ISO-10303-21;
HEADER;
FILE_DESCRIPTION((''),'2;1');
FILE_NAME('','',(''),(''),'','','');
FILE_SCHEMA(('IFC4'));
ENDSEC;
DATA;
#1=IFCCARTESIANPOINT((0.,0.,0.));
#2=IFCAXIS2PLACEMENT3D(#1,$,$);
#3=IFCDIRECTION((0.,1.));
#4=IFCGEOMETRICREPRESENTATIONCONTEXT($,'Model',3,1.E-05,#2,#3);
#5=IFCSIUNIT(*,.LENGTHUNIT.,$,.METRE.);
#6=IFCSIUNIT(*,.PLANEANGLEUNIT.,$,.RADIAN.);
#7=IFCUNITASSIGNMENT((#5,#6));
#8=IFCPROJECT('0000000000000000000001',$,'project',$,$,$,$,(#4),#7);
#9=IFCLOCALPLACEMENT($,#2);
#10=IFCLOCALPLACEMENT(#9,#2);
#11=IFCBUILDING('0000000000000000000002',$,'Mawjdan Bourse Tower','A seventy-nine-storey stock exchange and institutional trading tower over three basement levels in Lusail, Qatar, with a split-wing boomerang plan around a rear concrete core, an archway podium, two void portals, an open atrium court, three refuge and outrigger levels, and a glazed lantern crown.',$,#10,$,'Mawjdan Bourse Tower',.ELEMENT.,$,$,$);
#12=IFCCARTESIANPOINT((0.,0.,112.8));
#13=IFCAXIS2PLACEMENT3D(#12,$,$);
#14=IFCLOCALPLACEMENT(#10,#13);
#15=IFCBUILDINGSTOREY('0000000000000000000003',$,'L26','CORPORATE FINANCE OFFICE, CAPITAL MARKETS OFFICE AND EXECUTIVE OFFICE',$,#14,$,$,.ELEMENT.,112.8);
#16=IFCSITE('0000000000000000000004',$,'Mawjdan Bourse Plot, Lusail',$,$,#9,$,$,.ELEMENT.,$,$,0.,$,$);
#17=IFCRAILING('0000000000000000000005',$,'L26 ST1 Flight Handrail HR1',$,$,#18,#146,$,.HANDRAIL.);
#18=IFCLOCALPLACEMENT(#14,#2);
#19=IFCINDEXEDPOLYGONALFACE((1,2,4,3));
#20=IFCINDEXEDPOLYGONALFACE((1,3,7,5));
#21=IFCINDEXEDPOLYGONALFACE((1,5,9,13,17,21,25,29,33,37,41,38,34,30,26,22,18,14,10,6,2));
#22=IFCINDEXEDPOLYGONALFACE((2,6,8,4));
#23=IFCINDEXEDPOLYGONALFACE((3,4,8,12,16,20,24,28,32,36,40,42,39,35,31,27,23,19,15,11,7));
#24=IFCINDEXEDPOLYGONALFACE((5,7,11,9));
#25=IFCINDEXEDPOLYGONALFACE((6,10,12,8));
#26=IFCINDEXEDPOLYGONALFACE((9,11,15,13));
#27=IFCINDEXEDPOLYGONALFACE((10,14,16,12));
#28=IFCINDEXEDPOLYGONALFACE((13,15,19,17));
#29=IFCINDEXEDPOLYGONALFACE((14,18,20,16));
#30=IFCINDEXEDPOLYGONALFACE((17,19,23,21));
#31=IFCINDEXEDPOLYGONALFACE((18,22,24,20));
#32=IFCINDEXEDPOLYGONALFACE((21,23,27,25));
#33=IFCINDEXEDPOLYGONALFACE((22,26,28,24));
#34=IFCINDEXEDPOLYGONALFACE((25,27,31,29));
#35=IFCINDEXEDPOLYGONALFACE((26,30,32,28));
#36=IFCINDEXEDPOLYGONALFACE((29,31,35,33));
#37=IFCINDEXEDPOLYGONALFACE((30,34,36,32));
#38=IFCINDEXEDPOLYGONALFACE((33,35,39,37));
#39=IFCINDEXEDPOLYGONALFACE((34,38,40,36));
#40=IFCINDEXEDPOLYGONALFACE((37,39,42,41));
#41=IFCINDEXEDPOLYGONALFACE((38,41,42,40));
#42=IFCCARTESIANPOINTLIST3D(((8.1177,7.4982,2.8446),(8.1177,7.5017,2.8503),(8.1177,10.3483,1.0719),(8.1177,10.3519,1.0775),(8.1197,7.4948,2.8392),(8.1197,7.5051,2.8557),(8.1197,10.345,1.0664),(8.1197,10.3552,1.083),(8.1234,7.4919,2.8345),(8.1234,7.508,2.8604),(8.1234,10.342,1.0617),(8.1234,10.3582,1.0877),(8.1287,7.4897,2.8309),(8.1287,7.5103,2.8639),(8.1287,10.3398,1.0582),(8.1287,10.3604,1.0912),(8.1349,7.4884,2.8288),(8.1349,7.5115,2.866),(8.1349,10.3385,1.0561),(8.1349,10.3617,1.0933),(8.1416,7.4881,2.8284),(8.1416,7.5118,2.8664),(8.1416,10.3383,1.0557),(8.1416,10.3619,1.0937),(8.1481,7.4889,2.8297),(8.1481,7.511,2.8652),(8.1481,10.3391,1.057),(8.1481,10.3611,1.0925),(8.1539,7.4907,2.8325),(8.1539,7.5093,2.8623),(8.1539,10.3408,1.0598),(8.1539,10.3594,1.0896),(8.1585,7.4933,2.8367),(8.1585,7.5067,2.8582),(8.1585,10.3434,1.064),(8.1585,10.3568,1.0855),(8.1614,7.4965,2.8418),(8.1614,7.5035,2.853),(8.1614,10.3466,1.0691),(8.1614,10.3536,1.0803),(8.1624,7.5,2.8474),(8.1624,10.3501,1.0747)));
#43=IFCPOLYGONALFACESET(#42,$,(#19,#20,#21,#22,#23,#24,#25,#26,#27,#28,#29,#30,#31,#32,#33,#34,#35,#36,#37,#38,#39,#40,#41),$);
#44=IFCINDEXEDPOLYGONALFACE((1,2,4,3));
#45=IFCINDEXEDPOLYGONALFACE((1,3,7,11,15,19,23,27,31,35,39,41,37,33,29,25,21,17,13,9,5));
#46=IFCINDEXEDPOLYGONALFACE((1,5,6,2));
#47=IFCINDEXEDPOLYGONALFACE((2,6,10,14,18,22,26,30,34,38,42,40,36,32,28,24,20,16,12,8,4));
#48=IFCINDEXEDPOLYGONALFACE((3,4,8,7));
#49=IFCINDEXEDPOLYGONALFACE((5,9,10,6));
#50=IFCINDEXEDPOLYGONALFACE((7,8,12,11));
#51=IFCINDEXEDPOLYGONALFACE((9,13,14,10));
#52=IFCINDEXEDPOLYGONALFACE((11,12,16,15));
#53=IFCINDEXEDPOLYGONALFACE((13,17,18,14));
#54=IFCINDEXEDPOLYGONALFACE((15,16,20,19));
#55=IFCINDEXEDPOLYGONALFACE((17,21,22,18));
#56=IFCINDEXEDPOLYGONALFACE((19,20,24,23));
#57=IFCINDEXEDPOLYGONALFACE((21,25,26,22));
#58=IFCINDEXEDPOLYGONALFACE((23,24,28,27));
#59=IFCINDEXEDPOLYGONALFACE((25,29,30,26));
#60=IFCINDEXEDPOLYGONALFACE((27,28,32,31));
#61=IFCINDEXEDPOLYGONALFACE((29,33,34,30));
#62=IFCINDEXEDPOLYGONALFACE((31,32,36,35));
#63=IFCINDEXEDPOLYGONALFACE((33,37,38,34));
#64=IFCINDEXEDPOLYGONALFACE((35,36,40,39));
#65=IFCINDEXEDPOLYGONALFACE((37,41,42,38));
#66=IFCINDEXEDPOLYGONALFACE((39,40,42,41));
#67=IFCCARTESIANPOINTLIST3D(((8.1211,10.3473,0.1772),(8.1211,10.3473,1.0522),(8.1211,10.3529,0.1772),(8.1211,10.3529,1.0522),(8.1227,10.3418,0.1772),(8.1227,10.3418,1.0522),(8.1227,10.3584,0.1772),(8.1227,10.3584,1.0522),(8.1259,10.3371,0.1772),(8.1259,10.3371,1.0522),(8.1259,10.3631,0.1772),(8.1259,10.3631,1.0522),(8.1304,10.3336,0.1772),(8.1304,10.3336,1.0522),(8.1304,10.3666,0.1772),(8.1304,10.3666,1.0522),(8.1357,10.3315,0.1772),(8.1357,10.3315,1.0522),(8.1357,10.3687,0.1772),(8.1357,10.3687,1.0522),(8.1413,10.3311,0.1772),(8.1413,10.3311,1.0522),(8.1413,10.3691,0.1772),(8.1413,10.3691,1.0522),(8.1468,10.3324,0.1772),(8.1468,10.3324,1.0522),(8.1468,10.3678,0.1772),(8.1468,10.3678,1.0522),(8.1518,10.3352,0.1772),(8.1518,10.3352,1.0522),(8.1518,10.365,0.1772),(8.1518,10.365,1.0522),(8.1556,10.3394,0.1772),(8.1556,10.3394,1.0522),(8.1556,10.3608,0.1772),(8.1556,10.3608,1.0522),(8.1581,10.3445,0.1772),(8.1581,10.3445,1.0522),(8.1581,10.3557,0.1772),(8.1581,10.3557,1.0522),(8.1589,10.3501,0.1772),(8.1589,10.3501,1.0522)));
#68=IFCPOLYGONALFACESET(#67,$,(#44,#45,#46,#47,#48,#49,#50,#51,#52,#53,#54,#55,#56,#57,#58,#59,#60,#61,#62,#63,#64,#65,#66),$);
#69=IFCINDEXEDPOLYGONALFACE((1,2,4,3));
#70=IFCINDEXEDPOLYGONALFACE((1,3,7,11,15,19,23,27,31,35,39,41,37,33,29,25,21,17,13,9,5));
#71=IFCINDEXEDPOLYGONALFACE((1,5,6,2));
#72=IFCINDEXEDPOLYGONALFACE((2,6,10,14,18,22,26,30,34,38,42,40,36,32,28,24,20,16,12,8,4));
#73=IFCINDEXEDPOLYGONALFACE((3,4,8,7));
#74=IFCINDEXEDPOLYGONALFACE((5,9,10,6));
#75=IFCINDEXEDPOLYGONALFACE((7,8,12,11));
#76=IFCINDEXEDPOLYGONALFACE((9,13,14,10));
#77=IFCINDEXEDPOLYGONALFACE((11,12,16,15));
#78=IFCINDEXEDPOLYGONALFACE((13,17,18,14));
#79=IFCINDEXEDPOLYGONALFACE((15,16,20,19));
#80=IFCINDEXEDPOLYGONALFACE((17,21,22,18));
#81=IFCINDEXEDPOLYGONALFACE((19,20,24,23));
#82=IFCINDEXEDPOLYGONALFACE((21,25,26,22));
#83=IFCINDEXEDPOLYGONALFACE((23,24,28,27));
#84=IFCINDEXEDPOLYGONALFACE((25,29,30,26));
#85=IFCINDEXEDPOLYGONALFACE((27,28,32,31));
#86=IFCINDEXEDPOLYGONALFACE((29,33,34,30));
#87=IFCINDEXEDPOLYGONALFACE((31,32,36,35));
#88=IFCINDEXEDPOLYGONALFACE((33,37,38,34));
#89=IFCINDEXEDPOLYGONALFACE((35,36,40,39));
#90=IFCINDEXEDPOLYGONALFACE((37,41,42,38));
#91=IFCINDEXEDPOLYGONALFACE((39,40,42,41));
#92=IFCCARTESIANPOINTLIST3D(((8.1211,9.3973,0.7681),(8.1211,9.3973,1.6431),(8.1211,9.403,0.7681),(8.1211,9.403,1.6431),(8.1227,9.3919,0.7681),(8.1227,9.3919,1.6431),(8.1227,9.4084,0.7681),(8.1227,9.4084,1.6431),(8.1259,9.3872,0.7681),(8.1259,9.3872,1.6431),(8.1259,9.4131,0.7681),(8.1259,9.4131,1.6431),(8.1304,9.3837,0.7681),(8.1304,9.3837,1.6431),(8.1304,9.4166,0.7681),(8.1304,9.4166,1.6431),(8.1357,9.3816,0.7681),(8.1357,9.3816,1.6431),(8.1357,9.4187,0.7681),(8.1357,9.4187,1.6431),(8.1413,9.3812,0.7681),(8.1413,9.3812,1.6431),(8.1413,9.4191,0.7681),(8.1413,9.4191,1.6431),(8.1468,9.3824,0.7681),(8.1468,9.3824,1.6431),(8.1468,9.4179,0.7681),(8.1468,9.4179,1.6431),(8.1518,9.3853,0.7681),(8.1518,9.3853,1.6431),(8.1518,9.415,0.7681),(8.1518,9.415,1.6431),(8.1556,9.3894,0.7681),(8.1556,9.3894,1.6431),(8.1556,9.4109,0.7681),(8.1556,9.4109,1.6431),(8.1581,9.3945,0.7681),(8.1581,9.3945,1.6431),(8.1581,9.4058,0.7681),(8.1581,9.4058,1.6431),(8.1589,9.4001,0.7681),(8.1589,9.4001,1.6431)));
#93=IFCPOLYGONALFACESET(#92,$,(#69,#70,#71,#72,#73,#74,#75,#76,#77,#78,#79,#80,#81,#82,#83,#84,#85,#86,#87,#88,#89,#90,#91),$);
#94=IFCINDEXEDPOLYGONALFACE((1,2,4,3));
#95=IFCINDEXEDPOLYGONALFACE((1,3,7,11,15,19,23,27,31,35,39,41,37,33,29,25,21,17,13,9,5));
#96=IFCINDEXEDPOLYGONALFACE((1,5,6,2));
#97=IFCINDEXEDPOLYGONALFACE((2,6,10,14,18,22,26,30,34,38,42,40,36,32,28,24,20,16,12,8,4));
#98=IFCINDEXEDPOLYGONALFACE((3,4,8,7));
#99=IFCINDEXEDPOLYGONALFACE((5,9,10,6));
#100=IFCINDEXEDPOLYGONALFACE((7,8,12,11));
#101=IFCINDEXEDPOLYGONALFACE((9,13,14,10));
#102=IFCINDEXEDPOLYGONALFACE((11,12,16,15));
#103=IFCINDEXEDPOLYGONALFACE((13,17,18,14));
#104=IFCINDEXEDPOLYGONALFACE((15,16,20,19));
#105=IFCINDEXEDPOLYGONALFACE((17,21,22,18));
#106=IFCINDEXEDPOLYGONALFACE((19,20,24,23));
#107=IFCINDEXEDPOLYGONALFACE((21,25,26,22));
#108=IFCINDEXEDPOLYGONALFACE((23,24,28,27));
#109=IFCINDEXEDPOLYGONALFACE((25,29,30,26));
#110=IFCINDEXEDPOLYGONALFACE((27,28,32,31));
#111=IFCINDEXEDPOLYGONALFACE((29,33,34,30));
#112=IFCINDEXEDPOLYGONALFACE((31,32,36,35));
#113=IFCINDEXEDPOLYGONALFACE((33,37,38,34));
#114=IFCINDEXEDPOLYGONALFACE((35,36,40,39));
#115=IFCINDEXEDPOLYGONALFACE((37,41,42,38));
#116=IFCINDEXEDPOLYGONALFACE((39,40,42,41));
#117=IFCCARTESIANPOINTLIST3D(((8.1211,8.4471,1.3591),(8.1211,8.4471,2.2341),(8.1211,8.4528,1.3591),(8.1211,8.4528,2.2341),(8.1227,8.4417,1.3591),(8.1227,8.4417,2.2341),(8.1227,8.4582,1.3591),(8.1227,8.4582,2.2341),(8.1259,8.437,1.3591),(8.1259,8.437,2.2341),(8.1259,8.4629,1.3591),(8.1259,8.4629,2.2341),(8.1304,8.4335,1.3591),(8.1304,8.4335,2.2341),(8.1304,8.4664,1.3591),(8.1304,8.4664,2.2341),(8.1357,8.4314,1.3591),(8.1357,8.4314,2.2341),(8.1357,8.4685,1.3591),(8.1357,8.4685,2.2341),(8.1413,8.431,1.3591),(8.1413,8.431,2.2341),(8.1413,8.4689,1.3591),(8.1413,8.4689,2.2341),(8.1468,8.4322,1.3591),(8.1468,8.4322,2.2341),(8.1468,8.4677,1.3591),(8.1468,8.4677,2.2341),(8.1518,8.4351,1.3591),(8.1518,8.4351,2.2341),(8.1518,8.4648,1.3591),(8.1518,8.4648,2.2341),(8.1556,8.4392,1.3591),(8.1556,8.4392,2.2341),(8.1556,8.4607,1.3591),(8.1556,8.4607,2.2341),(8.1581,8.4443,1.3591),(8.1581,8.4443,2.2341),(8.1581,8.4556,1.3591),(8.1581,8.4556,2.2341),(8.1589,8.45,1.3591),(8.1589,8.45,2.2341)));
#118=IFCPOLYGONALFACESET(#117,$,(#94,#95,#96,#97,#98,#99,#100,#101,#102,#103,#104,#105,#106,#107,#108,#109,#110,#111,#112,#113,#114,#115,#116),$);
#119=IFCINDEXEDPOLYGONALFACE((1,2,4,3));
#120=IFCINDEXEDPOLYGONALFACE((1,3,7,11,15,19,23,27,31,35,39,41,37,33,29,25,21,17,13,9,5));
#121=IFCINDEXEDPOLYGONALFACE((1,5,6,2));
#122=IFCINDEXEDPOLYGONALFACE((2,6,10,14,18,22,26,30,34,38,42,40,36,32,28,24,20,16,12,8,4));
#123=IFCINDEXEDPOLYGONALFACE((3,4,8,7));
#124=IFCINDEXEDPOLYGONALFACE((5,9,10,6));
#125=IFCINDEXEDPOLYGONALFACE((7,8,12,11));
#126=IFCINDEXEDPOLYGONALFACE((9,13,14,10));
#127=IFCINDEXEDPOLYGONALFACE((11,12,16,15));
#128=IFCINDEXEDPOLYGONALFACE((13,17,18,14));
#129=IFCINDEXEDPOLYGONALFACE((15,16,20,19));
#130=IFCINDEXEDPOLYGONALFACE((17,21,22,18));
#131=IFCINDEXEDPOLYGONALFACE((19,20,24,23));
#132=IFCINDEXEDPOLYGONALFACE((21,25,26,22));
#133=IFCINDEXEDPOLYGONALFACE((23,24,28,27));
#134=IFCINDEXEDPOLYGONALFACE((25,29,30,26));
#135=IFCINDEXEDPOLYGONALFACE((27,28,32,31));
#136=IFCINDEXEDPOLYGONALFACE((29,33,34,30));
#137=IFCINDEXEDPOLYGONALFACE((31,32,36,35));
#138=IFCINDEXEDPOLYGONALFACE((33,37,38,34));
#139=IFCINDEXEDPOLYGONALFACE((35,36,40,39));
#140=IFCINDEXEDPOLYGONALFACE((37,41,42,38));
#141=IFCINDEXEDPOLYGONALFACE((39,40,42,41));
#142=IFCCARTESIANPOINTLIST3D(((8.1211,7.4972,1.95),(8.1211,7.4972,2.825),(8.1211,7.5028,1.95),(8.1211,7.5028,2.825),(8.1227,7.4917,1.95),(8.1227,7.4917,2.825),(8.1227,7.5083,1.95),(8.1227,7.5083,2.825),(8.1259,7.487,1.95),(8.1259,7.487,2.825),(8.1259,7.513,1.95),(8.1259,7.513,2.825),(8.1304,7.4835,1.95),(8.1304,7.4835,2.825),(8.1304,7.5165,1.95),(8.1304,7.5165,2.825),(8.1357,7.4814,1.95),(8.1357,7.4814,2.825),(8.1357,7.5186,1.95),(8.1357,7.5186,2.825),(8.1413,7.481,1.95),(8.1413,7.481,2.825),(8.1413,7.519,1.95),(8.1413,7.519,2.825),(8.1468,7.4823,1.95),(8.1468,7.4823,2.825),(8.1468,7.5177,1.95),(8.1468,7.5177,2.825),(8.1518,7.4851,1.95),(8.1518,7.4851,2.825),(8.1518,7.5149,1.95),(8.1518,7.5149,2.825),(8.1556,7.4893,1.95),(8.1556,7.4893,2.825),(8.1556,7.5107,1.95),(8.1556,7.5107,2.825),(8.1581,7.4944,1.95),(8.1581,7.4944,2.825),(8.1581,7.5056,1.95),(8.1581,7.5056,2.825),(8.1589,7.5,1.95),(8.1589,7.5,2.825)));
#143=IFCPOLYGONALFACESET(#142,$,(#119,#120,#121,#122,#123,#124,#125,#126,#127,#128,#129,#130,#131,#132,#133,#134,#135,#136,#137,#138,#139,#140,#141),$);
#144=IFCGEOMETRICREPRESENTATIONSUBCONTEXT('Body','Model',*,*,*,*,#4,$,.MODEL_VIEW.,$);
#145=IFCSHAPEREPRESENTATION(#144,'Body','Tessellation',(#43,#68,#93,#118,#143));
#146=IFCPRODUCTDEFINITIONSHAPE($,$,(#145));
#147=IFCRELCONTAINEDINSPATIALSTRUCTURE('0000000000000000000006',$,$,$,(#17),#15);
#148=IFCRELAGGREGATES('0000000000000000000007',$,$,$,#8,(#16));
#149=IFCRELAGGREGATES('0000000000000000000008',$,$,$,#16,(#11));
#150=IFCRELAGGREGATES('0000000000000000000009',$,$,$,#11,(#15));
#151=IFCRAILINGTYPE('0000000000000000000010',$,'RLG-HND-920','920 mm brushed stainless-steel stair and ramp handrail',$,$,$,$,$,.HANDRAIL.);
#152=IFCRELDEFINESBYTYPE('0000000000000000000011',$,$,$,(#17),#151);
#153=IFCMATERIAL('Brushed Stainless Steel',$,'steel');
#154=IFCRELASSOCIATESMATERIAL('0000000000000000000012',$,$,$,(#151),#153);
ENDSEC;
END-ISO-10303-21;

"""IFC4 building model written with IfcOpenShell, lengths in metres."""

from ifc_helpers import new_model, si_unit, direction, frame, origin, origin_2d, place, context, subcontext, project, spatial, circle, extrude, material, type_object, element, save


model = new_model("IFC4")

# Units and contexts
model_context = context("Model", 3, precision=1e-05, world=origin(), true_north=direction((0.0, 1.0)))
body_context = subcontext(model_context, "Body", "Model", "MODEL_VIEW")
ifc_project = project(units=[si_unit("LENGTHUNIT", "METRE"), si_unit("PLANEANGLEUNIT", "RADIAN")], contexts=[model_context])

# Site, building, storey
site_placement = place(None, origin())
site = spatial("IfcSite", under=ifc_project, at=site_placement, Name="Mawjdan Bourse Plot, Lusail", CompositionType="ELEMENT", RefElevation=0.0)
building_placement = place(site_placement, origin())
building = spatial("IfcBuilding", under=site, at=building_placement, Name="Mawjdan Bourse Tower", Description="A seventy-nine-storey stock exchange and institutional trading tower over three basement levels in Lusail, Qatar, with a split-wing boomerang plan around a rear concrete core, an archway podium, two void portals, an open atrium court, three refuge and outrigger levels, and a glazed lantern crown.", LongName="Mawjdan Bourse Tower", CompositionType="ELEMENT")
storey_placement = place(building_placement, frame((0.0, 0.0, 112.8)))
storey = spatial("IfcBuildingStorey", under=building, at=storey_placement, Name="L26", Description="CORPORATE FINANCE OFFICE, CAPITAL MARKETS OFFICE AND EXECUTIVE OFFICE", CompositionType="ELEMENT", Elevation=112.8)

# Railing
ifc_material_1 = material(Name="Brushed Stainless Steel", Category="steel")
railing_type_1 = type_object("IfcRailingType", Name="RLG-HND-920", Description="920 mm brushed stainless-steel stair and ramp handrail", PredefinedType="HANDRAIL", material=ifc_material_1)
railing_1_placement = place(storey_placement, frame((8.1399, 10.3501, 0.1772)))
element("IfcRailing", 1, at=railing_1_placement, inside=storey, type_object=railing_type_1, Name="L26 ST1 Flight Handrail HR1", PredefinedType="HANDRAIL", context=body_context, shape_type="SweptSolid", body=[
    extrude(circle(Radius=0.0225, at=origin_2d()), frame((0.0, 0.0, 0.8975), z_axis=(0.0, -0.849149, 0.528154), x_axis=(1.0, 0.0, 0.0)), (0.0, 0.0, 1.0), 3.3564),
    extrude(circle(Radius=0.019, at=origin_2d()), origin(), (0.0, 0.0, 1.0), 0.875),
    extrude(circle(Radius=0.019, at=origin_2d()), frame((0.0, -0.95, 0.5908)), (0.0, 0.0, 1.0), 0.875),
    extrude(circle(Radius=0.019, at=origin_2d()), frame((0.0, -1.9001, 1.1819)), (0.0, 0.0, 1.0), 0.875),
    extrude(circle(Radius=0.019, at=origin_2d()), frame((0.0, -2.8501, 1.7727)), (0.0, 0.0, 1.0), 0.875),
])

save(model, "model.ifc")
